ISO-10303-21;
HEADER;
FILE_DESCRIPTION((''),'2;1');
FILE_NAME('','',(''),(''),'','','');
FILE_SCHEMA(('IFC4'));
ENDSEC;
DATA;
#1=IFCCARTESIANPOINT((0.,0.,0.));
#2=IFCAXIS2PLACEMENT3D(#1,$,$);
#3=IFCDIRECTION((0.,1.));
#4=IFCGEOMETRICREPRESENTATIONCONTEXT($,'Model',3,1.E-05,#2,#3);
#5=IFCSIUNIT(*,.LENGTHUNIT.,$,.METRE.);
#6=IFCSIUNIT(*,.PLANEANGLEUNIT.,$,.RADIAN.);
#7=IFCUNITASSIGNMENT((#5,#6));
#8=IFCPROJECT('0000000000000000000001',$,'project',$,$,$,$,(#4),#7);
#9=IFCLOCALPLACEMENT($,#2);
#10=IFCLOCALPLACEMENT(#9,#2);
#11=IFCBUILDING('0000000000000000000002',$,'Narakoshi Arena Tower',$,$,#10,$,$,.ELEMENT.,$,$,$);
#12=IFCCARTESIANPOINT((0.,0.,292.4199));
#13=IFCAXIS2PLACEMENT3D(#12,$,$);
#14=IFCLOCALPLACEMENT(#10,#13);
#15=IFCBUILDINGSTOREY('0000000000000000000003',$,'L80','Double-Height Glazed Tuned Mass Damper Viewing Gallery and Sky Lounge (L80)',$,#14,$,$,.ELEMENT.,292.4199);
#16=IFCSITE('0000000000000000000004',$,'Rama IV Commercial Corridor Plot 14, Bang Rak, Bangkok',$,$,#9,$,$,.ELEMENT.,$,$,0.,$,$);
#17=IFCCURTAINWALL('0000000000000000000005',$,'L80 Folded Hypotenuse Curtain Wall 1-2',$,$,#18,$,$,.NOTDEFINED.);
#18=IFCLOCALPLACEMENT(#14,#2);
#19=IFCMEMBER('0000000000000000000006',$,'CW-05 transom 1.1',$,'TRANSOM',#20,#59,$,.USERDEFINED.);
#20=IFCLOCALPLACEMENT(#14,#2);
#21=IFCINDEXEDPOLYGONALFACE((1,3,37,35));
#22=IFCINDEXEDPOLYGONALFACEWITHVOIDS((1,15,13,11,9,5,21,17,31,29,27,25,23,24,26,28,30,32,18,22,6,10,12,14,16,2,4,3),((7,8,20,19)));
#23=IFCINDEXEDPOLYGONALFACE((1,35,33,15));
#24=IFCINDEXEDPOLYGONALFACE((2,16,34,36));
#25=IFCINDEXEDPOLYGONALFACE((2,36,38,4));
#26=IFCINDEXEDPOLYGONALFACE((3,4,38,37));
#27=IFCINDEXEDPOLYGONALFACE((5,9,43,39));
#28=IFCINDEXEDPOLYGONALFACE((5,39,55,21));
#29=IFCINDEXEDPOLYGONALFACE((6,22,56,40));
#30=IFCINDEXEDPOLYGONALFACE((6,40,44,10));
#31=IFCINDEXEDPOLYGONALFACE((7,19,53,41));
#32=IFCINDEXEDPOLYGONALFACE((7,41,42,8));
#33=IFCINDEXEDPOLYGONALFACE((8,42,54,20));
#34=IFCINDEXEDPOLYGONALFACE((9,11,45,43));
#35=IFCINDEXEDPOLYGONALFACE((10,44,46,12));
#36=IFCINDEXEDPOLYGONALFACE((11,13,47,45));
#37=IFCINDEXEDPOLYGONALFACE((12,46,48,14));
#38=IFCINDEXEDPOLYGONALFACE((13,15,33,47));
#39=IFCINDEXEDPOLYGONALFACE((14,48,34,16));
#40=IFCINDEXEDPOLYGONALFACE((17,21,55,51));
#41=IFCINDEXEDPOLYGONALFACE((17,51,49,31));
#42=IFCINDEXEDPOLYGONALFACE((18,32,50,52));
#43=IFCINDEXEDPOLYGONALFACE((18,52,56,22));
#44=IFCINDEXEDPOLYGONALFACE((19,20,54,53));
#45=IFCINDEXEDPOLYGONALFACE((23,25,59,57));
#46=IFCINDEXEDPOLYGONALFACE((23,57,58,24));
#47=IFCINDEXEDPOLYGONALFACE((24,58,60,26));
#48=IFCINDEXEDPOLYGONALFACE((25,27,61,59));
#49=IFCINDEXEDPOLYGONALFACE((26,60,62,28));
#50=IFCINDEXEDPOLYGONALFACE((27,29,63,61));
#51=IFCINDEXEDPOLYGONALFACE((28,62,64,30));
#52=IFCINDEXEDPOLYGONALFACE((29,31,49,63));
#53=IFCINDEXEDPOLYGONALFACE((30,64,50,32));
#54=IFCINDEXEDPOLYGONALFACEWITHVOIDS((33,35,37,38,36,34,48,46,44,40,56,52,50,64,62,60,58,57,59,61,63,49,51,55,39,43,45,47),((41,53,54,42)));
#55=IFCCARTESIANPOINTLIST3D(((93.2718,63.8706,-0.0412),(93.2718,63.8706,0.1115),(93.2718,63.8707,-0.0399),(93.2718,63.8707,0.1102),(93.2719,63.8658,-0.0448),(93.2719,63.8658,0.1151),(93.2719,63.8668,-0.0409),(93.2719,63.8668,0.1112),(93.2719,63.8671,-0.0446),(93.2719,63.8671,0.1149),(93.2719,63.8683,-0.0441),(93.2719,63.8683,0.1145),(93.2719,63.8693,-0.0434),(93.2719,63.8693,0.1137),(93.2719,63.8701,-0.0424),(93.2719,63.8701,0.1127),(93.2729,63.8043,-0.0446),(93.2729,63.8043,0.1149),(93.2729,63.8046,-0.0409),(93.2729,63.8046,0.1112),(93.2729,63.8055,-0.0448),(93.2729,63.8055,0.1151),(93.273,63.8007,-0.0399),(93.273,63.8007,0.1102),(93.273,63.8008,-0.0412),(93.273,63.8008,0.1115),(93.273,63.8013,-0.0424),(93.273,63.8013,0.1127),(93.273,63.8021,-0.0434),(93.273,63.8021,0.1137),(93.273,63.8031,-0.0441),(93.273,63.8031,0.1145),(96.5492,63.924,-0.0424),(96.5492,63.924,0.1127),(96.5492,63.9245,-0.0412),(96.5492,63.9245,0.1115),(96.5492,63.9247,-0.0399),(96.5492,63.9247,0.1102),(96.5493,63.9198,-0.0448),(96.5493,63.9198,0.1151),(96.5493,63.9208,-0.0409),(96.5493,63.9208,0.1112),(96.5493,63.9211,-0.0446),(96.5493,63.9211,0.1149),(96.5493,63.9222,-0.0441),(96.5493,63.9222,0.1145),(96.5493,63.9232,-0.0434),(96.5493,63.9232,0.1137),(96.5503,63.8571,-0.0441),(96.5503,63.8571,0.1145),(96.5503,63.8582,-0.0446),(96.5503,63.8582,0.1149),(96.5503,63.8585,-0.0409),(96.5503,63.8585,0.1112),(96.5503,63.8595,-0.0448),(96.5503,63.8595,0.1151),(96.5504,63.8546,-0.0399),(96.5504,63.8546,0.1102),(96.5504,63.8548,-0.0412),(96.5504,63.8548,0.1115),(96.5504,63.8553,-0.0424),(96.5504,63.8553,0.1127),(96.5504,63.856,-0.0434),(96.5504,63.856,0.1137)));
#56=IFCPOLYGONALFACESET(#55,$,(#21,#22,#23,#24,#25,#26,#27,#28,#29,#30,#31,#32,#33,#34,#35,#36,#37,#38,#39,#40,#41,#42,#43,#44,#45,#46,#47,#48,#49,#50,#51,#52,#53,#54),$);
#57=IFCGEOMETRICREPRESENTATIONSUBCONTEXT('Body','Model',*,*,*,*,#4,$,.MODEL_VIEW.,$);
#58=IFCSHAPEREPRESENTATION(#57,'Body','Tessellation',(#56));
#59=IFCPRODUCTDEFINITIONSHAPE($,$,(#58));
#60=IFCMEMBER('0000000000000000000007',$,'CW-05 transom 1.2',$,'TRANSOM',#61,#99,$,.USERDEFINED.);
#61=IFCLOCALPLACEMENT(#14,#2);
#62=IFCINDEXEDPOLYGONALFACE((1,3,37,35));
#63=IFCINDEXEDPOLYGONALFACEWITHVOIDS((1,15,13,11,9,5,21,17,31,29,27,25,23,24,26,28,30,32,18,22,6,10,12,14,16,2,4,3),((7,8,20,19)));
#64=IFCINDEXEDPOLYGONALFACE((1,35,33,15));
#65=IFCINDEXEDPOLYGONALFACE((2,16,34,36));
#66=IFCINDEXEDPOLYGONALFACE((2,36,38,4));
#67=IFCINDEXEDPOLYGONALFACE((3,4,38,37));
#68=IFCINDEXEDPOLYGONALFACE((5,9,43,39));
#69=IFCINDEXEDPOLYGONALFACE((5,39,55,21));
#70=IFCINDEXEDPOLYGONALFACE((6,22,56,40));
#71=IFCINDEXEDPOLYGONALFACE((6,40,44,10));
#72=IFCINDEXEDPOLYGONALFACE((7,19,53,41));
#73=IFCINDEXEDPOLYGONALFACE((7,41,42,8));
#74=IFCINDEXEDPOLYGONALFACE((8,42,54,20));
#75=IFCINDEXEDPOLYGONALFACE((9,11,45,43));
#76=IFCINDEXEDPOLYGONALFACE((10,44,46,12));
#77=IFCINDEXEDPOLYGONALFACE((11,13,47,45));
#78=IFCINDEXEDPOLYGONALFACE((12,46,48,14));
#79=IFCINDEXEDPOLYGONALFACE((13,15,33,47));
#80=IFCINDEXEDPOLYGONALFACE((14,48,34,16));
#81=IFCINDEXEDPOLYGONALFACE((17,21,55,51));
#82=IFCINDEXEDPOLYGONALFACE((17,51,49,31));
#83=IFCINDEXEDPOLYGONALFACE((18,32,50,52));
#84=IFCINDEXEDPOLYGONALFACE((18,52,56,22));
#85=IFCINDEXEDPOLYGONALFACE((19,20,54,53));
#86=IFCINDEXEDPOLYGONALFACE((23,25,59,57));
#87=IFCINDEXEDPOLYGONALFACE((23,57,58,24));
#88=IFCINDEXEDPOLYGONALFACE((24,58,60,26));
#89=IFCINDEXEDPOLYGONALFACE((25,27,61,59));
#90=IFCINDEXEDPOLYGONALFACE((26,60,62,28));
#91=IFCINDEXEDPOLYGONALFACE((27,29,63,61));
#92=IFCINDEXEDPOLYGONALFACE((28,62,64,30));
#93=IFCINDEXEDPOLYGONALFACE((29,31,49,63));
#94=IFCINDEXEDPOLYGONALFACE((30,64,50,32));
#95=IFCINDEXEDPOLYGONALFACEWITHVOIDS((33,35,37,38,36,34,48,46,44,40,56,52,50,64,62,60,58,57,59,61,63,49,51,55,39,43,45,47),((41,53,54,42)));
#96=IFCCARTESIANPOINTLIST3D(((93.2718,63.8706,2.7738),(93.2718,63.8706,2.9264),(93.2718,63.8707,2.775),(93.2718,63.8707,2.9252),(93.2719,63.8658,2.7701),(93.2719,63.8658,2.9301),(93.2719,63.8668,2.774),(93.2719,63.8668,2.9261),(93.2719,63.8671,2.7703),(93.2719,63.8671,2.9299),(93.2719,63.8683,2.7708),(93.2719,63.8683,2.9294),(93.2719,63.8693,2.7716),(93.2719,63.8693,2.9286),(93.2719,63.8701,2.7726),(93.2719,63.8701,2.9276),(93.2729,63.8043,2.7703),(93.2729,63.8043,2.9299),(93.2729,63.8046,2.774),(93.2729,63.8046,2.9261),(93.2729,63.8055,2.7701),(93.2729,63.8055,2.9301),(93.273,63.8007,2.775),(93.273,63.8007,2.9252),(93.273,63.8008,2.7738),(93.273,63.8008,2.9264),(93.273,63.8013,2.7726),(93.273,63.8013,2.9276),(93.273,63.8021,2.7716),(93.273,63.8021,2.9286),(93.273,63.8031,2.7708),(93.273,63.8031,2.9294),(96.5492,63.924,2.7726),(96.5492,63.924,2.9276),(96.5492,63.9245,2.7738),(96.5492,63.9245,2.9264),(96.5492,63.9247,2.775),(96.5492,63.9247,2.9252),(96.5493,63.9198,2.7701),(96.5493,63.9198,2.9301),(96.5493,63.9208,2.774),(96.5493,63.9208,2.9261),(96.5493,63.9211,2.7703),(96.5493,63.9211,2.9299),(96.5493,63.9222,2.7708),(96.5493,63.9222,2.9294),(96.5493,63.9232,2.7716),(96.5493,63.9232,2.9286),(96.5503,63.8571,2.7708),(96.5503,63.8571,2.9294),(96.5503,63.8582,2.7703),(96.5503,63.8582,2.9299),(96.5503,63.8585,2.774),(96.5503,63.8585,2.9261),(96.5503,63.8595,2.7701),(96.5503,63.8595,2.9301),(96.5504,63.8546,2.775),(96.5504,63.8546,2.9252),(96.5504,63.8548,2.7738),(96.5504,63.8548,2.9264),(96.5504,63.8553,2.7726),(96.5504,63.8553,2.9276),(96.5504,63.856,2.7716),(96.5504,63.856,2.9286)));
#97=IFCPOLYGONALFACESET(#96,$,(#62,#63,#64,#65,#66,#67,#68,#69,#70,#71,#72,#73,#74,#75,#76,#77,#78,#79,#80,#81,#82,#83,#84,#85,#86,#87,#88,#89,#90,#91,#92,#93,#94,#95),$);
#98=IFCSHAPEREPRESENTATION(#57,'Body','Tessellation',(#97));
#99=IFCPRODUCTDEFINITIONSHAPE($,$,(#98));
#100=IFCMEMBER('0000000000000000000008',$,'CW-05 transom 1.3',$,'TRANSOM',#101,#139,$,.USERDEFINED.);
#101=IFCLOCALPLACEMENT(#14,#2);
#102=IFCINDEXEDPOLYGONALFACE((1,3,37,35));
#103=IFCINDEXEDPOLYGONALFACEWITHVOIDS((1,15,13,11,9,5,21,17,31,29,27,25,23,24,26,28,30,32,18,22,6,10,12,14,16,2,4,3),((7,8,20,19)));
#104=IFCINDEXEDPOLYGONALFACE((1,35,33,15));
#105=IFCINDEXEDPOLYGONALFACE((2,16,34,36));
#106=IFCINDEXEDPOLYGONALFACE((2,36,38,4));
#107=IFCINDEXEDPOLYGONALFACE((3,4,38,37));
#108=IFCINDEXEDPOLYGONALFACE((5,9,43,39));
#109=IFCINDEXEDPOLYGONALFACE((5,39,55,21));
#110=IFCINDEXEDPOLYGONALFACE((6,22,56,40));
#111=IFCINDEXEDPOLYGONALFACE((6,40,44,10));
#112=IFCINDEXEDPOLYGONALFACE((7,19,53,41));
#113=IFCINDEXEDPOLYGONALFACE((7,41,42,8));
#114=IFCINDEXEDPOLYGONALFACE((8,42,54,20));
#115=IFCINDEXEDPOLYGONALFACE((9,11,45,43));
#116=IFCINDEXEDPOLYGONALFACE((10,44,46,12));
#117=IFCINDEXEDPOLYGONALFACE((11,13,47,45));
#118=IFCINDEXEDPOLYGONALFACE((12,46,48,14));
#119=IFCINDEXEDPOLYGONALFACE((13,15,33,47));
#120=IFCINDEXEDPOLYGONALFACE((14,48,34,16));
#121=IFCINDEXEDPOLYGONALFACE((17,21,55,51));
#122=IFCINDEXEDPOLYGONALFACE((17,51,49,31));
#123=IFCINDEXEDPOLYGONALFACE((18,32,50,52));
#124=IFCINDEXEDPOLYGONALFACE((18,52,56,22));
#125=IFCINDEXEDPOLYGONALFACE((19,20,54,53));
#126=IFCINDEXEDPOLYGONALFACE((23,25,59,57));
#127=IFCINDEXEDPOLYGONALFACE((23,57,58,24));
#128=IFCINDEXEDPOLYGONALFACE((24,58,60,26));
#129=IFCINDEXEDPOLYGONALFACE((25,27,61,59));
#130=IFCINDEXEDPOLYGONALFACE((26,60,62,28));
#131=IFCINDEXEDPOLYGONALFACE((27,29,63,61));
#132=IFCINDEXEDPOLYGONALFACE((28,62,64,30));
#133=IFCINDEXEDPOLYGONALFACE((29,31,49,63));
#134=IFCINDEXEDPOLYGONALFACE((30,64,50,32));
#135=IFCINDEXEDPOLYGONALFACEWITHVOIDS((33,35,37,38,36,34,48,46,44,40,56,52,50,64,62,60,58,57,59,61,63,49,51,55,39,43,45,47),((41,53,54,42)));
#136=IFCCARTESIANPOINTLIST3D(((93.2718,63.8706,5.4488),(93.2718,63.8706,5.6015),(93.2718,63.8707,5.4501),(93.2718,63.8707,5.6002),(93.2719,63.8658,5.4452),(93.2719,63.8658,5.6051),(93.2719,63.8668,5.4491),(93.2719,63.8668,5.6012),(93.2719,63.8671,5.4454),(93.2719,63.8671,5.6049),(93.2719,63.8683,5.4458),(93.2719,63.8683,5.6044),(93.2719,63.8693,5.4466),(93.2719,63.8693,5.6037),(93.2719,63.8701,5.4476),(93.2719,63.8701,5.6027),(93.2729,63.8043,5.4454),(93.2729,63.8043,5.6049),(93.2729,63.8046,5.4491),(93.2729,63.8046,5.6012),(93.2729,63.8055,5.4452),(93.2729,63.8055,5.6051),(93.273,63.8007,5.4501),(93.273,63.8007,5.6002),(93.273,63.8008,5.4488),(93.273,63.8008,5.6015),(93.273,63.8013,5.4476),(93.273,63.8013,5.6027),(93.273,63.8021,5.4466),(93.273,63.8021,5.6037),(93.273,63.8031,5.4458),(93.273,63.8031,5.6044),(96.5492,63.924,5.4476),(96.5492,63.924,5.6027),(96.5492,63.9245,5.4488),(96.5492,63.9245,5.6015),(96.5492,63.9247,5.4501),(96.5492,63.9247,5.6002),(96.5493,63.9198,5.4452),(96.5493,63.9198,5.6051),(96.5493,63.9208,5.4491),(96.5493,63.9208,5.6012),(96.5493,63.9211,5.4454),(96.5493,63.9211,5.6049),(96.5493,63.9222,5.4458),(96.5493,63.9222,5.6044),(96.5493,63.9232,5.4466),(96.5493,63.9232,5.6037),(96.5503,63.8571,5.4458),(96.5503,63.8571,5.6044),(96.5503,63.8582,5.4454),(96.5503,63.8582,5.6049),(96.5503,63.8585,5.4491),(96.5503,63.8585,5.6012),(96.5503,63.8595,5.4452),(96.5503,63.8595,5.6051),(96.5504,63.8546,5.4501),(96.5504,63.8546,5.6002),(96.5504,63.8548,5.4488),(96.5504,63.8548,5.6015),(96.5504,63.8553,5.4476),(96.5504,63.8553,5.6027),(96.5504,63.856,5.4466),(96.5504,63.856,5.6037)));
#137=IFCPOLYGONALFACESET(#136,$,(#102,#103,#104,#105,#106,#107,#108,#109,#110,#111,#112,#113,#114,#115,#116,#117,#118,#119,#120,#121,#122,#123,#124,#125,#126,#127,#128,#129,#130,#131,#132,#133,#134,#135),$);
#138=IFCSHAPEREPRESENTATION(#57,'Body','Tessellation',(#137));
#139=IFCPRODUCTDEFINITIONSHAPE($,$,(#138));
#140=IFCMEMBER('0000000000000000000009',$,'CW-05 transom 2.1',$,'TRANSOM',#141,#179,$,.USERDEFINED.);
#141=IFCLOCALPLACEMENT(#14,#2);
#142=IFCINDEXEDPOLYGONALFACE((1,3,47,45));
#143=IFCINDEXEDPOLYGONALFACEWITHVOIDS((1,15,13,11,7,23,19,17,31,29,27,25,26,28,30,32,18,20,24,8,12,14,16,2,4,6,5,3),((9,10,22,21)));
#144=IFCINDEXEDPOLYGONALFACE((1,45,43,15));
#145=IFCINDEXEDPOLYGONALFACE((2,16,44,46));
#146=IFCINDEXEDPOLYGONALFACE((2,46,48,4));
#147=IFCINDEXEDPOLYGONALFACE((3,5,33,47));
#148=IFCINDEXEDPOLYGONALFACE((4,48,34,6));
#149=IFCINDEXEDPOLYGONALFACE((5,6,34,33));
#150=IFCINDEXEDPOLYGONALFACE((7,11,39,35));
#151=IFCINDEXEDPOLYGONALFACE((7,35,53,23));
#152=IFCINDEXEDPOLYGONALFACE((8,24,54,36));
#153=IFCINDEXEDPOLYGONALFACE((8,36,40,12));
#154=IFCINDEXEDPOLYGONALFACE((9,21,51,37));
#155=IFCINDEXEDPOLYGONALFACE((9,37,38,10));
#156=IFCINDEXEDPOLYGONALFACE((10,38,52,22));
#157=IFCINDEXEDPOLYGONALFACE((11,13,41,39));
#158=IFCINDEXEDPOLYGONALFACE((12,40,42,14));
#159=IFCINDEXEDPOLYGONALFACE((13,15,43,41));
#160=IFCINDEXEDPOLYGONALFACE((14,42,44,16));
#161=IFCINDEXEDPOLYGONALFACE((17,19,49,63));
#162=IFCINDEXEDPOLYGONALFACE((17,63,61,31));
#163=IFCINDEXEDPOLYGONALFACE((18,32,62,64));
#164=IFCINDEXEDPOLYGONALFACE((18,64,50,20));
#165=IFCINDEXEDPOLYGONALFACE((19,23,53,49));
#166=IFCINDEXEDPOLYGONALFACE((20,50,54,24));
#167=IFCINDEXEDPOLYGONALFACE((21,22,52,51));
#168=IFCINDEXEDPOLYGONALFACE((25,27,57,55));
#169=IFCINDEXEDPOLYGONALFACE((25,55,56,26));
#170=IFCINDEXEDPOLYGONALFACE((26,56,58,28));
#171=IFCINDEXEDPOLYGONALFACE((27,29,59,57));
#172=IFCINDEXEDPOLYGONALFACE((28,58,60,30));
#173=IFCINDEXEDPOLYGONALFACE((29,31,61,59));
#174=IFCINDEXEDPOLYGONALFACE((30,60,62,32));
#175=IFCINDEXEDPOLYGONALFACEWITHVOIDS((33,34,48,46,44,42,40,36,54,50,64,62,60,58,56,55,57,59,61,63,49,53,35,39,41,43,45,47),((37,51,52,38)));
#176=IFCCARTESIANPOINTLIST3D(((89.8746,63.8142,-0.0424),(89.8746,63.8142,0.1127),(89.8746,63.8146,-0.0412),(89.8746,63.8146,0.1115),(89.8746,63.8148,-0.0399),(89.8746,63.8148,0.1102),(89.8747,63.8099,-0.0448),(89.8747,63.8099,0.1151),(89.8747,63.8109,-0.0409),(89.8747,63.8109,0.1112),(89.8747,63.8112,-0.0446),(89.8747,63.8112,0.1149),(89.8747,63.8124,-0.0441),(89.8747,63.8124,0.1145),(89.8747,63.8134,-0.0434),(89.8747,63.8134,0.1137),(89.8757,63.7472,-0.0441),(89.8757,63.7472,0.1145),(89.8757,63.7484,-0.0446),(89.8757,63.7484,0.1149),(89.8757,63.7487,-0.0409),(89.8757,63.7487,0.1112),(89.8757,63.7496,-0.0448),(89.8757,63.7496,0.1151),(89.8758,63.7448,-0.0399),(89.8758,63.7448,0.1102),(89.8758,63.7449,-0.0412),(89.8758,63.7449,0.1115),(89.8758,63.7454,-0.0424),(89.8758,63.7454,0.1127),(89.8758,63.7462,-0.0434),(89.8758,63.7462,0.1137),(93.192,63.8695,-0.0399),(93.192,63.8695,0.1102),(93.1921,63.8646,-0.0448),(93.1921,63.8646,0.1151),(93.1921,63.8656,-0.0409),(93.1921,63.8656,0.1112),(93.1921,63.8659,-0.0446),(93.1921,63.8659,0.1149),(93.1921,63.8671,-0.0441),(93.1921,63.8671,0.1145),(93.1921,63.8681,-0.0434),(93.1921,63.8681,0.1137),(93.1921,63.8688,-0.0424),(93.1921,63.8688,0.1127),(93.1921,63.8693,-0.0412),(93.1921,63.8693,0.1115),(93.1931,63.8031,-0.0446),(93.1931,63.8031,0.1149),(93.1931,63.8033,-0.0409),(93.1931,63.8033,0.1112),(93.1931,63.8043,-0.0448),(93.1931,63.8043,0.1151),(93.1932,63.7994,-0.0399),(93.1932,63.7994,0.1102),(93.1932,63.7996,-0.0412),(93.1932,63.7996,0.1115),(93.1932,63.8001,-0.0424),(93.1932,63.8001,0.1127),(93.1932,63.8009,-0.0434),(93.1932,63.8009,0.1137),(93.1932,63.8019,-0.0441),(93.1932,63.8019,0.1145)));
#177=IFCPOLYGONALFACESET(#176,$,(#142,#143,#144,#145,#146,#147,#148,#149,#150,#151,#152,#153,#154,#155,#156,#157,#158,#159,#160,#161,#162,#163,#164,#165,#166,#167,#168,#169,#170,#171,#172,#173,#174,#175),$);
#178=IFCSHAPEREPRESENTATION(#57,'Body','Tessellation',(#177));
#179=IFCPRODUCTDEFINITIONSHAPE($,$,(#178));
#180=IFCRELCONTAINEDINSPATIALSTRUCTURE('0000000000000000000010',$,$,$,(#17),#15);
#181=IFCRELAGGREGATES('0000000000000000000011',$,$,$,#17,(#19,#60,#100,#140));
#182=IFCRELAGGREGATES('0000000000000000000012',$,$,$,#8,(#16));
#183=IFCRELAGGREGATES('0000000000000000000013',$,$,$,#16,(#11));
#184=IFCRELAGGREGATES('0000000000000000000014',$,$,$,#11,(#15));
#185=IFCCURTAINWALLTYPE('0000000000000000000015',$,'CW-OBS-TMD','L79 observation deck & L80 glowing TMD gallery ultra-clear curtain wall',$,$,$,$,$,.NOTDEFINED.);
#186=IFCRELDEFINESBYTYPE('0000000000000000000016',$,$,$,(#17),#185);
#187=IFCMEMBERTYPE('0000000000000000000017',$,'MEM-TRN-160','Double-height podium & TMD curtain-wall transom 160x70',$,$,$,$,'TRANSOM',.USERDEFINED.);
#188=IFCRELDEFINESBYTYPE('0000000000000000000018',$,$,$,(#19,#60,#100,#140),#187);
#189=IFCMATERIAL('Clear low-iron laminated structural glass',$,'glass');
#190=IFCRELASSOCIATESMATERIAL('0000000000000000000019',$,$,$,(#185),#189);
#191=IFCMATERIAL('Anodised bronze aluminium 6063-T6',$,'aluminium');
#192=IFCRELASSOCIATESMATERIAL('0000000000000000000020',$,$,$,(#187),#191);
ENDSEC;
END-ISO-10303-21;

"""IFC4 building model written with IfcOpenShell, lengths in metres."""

from ifc_helpers import new_model, si_unit, direction, frame, origin, origin_2d, place, context, subcontext, project, spatial, hollow_rectangle, extrude, material, material_profile, profile_set, type_object, element, aggregate, save


model = new_model("IFC4")

# Units and contexts
model_context = context("Model", 3, precision=1e-05, world=origin(), true_north=direction((0.0, 1.0)))
body_context = subcontext(model_context, "Body", "Model", "MODEL_VIEW")
ifc_project = project(units=[si_unit("LENGTHUNIT", "METRE"), si_unit("PLANEANGLEUNIT", "RADIAN")], contexts=[model_context])

# Site, building, storey
site_placement = place(None, origin())
site = spatial("IfcSite", under=ifc_project, at=site_placement, Name="Rama IV Commercial Corridor Plot 14, Bang Rak, Bangkok", CompositionType="ELEMENT", RefElevation=0.0)
building_placement = place(site_placement, origin())
building = spatial("IfcBuilding", under=site, at=building_placement, Name="Narakoshi Arena Tower", CompositionType="ELEMENT")
storey_placement = place(building_placement, frame((0.0, 0.0, 292.4199)))
storey = spatial("IfcBuildingStorey", under=building, at=storey_placement, Name="L80", Description="Double-Height Glazed Tuned Mass Damper Viewing Gallery and Sky Lounge (L80)", CompositionType="ELEMENT", Elevation=292.4199)

# Shared definitions
ifc_material_1 = material(Name="Clear low-iron laminated structural glass", Category="glass")
curtain_wall_type = type_object("IfcCurtainWallType", Name="CW-OBS-TMD", Description="L79 observation deck & L80 glowing TMD gallery ultra-clear curtain wall", PredefinedType="NOTDEFINED", material=ifc_material_1)
ifc_material_2 = material(Name="Anodised bronze aluminium 6063-T6", Category="aluminium")

# Curtain wall
curtain_wall_1_placement = place(storey_placement, origin())
curtain_wall_1 = element("IfcCurtainWall", 1, at=curtain_wall_1_placement, inside=storey, type_object=curtain_wall_type, Name="L80 Folded Hypotenuse Curtain Wall 1-2", PredefinedType="NOTDEFINED")

# Members
ifc_material_profile_1 = material_profile(ifc_material_2, hollow_rectangle(XDim=0.0701, YDim=0.1599, WallThickness=0.0039, OuterFilletRadius=0.0049, at=origin_2d()), Name="TRN160x70x4")
ifc_profile_set_1 = profile_set([ifc_material_profile_1], Name="Anodised bronze aluminium 6063-T6")
member_type_1 = type_object("IfcMemberType", Name="MEM-TRN-160", Description="Double-height podium & TMD curtain-wall transom 160x70", ElementType="TRANSOM", PredefinedType="USERDEFINED", material=ifc_profile_set_1)
member_1_placement = place(storey_placement, frame((96.5498, 63.8896, 0.0352), z_axis=(-0.999865, -0.016461, 0.0), x_axis=(0.016461, -0.999865, 0.0)))
member_1 = element("IfcMember", 2, at=member_1_placement, type_object=member_type_1, Name="CW-05 transom 1.1", ObjectType="TRANSOM", PredefinedType="USERDEFINED", context=body_context, shape_type="SweptSolid", body=[
    extrude(hollow_rectangle(XDim=0.0701, YDim=0.1599, WallThickness=0.0039, OuterFilletRadius=0.0049, at=origin_2d()), origin(), (0.0, 0.0, 1.0), 3.2778),
])
member_2_placement = place(storey_placement, frame((96.5498, 63.8896, 2.8501), z_axis=(-0.999865, -0.016461, 0.0), x_axis=(0.016461, -0.999865, 0.0)))
member_2 = element("IfcMember", 3, at=member_2_placement, type_object=member_type_1, Name="CW-05 transom 1.2", ObjectType="TRANSOM", PredefinedType="USERDEFINED", context=body_context, shape_type="SweptSolid", body=[
    extrude(hollow_rectangle(XDim=0.0701, YDim=0.1599, WallThickness=0.0039, OuterFilletRadius=0.0049, at=origin_2d()), origin(), (0.0, 0.0, 1.0), 3.2778),
])
member_3_placement = place(storey_placement, frame((96.5498, 63.8896, 5.5251), z_axis=(-0.999865, -0.016461, 0.0), x_axis=(0.016461, -0.999865, 0.0)))
member_3 = element("IfcMember", 4, at=member_3_placement, type_object=member_type_1, Name="CW-05 transom 1.3", ObjectType="TRANSOM", PredefinedType="USERDEFINED", context=body_context, shape_type="SweptSolid", body=[
    extrude(hollow_rectangle(XDim=0.0701, YDim=0.1599, WallThickness=0.0039, OuterFilletRadius=0.0049, at=origin_2d()), origin(), (0.0, 0.0, 1.0), 3.2778),
])
member_4_placement = place(storey_placement, frame((93.1926, 63.8345, 0.0352), z_axis=(-0.999864, -0.016483, 0.0), x_axis=(0.016483, -0.999864, 0.0)))
member_4 = element("IfcMember", 5, at=member_4_placement, type_object=member_type_1, Name="CW-05 transom 2.1", ObjectType="TRANSOM", PredefinedType="USERDEFINED", context=body_context, shape_type="SweptSolid", body=[
    extrude(hollow_rectangle(XDim=0.0701, YDim=0.1599, WallThickness=0.0039, OuterFilletRadius=0.0049, at=origin_2d()), origin(), (0.0, 0.0, 1.0), 3.3179),
])

aggregate(curtain_wall_1, [member_1, member_2, member_3, member_4])

save(model, "model.ifc")
